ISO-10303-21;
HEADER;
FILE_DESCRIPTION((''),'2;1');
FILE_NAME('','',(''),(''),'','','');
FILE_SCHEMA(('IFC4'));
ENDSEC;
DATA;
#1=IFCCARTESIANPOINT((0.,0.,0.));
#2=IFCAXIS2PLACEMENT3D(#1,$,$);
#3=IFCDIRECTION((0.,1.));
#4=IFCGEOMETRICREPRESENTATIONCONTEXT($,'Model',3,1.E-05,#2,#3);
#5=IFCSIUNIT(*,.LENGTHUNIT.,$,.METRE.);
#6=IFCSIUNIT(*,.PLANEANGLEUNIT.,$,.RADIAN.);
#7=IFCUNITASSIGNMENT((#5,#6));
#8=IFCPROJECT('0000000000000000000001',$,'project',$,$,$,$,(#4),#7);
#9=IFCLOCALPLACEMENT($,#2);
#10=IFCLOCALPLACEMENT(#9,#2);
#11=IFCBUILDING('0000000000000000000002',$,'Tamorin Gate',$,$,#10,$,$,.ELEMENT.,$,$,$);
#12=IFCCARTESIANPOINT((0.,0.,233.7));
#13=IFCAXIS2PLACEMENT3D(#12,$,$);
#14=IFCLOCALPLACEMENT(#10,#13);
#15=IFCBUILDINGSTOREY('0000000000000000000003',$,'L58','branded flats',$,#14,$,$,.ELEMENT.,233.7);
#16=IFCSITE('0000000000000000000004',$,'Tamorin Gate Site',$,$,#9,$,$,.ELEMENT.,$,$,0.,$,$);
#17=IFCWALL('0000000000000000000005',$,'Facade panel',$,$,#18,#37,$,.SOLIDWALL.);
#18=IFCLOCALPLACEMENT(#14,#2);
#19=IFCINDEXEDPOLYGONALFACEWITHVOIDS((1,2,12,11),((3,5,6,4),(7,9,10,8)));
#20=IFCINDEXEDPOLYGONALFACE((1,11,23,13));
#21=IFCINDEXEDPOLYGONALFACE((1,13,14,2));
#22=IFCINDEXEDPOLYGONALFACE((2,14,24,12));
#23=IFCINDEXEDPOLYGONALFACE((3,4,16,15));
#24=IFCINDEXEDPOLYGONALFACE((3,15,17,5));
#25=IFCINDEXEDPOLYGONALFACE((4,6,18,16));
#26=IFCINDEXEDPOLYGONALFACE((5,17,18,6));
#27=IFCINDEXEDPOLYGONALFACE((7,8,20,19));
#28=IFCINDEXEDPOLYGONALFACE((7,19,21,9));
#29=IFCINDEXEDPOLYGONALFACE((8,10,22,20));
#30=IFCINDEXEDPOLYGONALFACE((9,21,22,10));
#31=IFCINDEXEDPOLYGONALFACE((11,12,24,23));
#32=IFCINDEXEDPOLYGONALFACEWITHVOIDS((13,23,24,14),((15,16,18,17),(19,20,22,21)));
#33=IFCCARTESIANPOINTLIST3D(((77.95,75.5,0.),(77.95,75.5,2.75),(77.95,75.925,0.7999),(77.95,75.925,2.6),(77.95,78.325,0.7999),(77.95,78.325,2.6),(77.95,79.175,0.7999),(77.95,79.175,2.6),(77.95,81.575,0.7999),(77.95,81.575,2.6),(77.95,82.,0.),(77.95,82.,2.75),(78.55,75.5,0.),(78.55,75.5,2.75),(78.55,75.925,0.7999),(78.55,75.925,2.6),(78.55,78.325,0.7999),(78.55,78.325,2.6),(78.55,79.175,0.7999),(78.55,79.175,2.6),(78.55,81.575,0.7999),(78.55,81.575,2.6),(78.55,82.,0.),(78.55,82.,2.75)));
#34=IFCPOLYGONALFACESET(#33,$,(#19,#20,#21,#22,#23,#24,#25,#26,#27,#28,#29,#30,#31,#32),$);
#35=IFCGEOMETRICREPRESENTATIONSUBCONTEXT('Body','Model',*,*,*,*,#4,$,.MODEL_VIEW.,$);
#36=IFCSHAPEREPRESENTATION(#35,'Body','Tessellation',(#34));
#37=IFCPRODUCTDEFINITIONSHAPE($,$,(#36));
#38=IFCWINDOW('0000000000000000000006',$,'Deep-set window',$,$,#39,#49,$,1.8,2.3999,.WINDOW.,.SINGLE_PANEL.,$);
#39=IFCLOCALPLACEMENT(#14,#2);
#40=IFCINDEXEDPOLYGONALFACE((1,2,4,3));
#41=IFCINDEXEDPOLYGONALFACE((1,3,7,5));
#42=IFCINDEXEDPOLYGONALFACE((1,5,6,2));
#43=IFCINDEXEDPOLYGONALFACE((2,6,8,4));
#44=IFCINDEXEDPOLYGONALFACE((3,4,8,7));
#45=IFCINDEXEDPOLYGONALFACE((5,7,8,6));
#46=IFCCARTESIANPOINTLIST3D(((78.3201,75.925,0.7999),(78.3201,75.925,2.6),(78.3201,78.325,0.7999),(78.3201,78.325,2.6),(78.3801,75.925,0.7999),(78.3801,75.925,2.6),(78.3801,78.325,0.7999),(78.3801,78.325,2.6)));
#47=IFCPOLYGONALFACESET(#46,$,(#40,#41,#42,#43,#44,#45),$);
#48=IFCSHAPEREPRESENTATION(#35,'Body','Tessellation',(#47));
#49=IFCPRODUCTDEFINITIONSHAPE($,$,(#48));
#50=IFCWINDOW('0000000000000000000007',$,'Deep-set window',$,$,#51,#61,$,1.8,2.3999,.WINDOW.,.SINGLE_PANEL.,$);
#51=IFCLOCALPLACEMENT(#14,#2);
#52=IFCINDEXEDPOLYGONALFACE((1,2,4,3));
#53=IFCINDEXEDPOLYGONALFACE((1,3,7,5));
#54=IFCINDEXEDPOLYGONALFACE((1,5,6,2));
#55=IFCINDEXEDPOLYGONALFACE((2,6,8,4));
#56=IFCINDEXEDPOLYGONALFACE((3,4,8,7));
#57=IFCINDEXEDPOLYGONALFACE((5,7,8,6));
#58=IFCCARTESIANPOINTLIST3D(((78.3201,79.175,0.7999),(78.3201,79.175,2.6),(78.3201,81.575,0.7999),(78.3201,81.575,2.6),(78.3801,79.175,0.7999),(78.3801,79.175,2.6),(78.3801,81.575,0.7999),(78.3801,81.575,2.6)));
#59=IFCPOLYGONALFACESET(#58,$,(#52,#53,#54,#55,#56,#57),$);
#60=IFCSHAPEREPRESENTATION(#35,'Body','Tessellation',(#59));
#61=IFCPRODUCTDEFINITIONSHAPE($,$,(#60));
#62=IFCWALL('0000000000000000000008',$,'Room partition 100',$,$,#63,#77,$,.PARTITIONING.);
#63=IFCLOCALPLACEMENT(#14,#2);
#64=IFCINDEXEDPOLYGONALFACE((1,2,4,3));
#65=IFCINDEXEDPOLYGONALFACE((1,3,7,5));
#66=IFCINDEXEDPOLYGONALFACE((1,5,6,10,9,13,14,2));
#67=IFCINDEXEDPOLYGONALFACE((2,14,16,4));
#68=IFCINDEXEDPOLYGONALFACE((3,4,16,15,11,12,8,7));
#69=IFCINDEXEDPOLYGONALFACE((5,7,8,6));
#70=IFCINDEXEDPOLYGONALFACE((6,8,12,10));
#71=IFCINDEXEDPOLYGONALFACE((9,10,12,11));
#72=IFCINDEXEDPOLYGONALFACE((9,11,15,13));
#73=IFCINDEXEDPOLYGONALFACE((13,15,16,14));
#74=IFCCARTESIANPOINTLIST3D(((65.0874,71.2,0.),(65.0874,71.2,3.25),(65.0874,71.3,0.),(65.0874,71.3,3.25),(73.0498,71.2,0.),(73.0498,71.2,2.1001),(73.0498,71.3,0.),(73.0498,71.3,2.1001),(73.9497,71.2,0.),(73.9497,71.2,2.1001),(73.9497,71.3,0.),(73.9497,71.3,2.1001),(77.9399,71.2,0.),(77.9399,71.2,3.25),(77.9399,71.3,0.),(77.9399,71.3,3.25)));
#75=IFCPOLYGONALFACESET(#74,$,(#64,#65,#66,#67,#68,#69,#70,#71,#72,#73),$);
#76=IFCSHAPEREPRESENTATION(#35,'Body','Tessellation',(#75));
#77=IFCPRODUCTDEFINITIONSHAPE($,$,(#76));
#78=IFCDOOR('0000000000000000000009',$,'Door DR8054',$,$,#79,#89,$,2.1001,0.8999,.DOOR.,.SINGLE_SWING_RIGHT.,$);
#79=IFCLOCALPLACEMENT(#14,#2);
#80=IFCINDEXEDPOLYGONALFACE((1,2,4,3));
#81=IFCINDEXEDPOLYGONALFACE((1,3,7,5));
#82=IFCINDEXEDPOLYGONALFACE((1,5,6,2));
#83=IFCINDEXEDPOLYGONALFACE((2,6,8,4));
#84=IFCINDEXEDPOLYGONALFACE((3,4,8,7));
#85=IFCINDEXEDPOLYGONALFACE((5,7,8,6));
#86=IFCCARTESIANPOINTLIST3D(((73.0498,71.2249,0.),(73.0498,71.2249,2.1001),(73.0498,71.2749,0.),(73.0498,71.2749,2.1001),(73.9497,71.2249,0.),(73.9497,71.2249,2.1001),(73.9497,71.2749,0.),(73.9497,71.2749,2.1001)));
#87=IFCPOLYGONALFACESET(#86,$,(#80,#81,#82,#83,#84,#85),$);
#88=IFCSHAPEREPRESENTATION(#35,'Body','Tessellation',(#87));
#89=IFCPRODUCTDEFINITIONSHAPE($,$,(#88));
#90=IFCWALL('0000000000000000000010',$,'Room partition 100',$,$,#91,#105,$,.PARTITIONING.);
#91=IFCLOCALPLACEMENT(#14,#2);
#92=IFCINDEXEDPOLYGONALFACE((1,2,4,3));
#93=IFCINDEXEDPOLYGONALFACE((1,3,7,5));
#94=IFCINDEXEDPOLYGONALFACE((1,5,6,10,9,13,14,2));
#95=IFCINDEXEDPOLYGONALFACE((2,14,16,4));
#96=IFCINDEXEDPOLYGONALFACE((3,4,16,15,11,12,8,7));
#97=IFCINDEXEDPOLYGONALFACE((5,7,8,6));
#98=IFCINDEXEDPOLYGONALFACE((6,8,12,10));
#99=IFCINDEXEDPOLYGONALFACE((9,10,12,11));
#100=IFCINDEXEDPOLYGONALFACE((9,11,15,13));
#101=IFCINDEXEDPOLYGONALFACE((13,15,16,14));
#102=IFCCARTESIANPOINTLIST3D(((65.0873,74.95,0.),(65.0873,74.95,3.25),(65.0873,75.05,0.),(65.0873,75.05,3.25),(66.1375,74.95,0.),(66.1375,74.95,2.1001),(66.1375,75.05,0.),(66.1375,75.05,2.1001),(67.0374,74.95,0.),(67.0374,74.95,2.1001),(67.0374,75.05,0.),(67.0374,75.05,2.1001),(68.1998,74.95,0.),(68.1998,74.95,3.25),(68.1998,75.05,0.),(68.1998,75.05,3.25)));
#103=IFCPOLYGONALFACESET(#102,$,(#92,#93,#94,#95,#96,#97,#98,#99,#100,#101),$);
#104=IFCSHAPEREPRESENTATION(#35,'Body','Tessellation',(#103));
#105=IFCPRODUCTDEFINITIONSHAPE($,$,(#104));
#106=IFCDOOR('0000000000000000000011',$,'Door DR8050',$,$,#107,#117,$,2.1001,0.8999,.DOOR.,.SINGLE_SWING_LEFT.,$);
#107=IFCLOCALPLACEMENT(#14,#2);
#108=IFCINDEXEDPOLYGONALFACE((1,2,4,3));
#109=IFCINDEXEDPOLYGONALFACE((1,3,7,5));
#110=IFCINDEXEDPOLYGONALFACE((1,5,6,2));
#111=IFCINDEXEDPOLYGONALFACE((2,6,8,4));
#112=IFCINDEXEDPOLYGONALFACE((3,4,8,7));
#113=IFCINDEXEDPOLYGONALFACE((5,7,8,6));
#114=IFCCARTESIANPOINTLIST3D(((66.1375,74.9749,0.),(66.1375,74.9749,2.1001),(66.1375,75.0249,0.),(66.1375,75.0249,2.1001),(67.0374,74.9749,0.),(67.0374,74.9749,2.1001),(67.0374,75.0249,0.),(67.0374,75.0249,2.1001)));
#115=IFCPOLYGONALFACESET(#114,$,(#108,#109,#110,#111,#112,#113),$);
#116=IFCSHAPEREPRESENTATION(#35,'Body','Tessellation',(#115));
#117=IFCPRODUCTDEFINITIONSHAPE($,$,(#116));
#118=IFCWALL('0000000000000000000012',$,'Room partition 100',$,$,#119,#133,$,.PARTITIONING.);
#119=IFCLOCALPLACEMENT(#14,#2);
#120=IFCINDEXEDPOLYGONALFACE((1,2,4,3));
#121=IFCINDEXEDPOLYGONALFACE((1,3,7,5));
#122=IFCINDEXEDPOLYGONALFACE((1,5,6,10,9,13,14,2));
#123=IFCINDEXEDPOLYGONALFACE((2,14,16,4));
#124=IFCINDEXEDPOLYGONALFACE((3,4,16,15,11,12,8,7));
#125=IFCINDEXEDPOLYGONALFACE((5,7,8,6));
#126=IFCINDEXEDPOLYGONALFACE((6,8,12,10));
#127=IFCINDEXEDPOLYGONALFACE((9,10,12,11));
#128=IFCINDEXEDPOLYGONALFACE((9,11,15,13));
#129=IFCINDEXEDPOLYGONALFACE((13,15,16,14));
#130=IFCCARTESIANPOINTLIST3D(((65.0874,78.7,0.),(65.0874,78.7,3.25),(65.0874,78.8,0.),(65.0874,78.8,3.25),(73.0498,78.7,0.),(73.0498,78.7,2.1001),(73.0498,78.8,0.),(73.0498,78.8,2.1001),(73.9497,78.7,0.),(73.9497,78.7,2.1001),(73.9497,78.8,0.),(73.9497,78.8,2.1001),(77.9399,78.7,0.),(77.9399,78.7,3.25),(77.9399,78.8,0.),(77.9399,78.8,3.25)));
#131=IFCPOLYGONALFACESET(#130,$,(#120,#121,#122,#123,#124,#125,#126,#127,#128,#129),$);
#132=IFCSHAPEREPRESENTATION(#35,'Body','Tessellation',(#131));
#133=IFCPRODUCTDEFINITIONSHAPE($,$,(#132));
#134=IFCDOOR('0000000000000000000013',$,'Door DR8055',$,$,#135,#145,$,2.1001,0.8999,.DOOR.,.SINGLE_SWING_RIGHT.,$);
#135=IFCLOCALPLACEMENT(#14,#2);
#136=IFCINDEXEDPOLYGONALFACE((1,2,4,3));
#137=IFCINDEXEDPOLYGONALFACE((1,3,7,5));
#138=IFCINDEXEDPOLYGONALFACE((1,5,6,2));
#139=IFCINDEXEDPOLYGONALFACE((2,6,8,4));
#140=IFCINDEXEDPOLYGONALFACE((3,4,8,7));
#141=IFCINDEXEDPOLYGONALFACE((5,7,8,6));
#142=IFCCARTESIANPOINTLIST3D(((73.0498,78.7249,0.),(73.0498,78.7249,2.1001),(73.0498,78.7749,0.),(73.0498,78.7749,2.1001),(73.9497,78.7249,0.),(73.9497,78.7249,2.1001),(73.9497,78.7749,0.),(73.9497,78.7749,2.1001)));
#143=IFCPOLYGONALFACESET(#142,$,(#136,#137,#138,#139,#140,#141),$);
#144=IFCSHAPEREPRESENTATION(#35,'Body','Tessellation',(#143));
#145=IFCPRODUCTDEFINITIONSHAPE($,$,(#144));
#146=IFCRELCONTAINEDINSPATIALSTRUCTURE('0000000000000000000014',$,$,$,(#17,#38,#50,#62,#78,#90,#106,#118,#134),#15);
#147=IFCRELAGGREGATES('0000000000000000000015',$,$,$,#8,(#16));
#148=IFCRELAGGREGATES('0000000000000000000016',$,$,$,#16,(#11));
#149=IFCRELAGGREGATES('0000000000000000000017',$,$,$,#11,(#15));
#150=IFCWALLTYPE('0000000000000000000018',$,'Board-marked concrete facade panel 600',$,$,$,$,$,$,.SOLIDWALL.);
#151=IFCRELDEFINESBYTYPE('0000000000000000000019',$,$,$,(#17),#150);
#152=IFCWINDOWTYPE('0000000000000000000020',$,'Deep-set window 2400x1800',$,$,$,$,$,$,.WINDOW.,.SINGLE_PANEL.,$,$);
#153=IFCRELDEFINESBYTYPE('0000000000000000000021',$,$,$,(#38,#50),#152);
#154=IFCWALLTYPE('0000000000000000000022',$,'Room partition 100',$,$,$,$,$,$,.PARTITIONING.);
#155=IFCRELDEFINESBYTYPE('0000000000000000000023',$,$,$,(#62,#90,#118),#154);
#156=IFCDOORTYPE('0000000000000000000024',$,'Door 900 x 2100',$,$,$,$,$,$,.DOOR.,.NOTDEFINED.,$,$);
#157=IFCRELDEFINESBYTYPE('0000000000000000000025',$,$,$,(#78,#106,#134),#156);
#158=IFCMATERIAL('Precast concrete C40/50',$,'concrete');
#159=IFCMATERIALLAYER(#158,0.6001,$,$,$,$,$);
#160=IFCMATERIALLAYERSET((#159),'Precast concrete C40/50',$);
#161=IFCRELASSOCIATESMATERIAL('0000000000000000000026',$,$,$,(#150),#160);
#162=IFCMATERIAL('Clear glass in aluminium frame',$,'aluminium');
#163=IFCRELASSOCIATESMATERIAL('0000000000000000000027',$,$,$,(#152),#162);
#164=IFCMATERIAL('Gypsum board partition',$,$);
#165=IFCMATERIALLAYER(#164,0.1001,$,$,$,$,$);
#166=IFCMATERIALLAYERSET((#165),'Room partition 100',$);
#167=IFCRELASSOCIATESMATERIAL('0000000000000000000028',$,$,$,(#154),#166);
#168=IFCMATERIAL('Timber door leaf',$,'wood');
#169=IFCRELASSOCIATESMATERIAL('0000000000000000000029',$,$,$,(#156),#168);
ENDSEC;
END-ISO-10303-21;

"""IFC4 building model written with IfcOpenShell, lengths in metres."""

from ifc_helpers import new_model, si_unit, direction, frame, frame_2d, origin, place, context, subcontext, project, spatial, rectangle, extrude, material, layer, layer_set, type_object, element, fill, save


model = new_model("IFC4")

# Units and contexts
model_context = context("Model", 3, precision=1e-05, world=origin(), true_north=direction((0.0, 1.0)))
body_context = subcontext(model_context, "Body", "Model", "MODEL_VIEW")
ifc_project = project(units=[si_unit("LENGTHUNIT", "METRE"), si_unit("PLANEANGLEUNIT", "RADIAN")], contexts=[model_context])

# Site, building, storey
site_placement = place(None, origin())
site = spatial("IfcSite", under=ifc_project, at=site_placement, Name="Tamorin Gate Site", CompositionType="ELEMENT", RefElevation=0.0)
building_placement = place(site_placement, origin())
building = spatial("IfcBuilding", under=site, at=building_placement, Name="Tamorin Gate", CompositionType="ELEMENT")
storey_placement = place(building_placement, frame((0.0, 0.0, 233.7)))
storey = spatial("IfcBuildingStorey", under=building, at=storey_placement, Name="L58", Description="branded flats", CompositionType="ELEMENT", Elevation=233.7)

# Wall, openings, windows
ifc_material_1 = material(Name="Precast concrete C40/50", Category="concrete")
ifc_layer_1 = layer(ifc_material_1, 0.6001)
ifc_layer_set_1 = layer_set([ifc_layer_1], Name="Precast concrete C40/50")
wall_type_1 = type_object("IfcWallType", Name="Board-marked concrete facade panel 600", PredefinedType="SOLIDWALL", material=ifc_layer_set_1)
ifc_material_2 = material(Name="Clear glass in aluminium frame", Category="aluminium")
window_type = type_object("IfcWindowType", Name="Deep-set window 2400x1800", PartitioningType="SINGLE_PANEL", PredefinedType="WINDOW", material=ifc_material_2)
wall_1_placement = place(storey_placement, frame((78.25, 75.5, 0.0), z_axis=(0.0, 0.0, 1.0), x_axis=(0.0, 1.0, 0.0)))
wall_1 = element("IfcWall", 1, at=wall_1_placement, inside=storey, type_object=wall_type_1, Name="Facade panel", PredefinedType="SOLIDWALL", context=body_context, shape_type="SweptSolid", body=[
    extrude(rectangle(XDim=6.5, YDim=0.6001, at=frame_2d((3.25, 0.0))), origin(), (0.0, 0.0, 1.0), 2.75),
])
opening_1_placement = place(wall_1_placement, frame((0.425, 0.0, 0.8)))
opening_1 = element("IfcOpeningElement", 2, at=opening_1_placement, cuts=wall_1, PredefinedType="OPENING", context=body_context, shape_type="SweptSolid", body=[
    extrude(rectangle(XDim=2.3999, YDim=1.8, at=frame_2d((1.2, 0.8999))), frame((0.0, 0.3101, 0.0), z_axis=(0.0, -1.0, 0.0), x_axis=(1.0, 0.0, 0.0)), (0.0, 0.0, 1.0), 0.6201),
])
opening_2_placement = place(wall_1_placement, frame((3.675, 0.0, 0.8)))
opening_2 = element("IfcOpeningElement", 3, at=opening_2_placement, cuts=wall_1, PredefinedType="OPENING", context=body_context, shape_type="SweptSolid", body=[
    extrude(rectangle(XDim=2.3999, YDim=1.8, at=frame_2d((1.2, 0.8999))), frame((0.0, 0.3101, 0.0), z_axis=(0.0, -1.0, 0.0), x_axis=(1.0, 0.0, 0.0)), (0.0, 0.0, 1.0), 0.6201),
])
window_1_placement = place(opening_1_placement, origin())
window_1 = element("IfcWindow", 4, at=window_1_placement, inside=storey, type_object=window_type, Name="Deep-set window", OverallHeight=1.8, OverallWidth=2.3999, PartitioningType="SINGLE_PANEL", PredefinedType="WINDOW", context=body_context, shape_type="SweptSolid", body=[
    extrude(rectangle(XDim=2.3999, YDim=1.8, at=frame_2d((1.2, 0.8999))), frame((0.0, -0.0701, 0.0), z_axis=(0.0, -1.0, 0.0), x_axis=(1.0, 0.0, 0.0)), (0.0, 0.0, 1.0), 0.0601),
])
fill(opening_1, window_1)
window_2_placement = place(opening_2_placement, origin())
window_2 = element("IfcWindow", 5, at=window_2_placement, inside=storey, type_object=window_type, Name="Deep-set window", OverallHeight=1.8, OverallWidth=2.3999, PartitioningType="SINGLE_PANEL", PredefinedType="WINDOW", context=body_context, shape_type="SweptSolid", body=[
    extrude(rectangle(XDim=2.3999, YDim=1.8, at=frame_2d((1.2, 0.8999))), frame((0.0, -0.0701, 0.0), z_axis=(0.0, -1.0, 0.0), x_axis=(1.0, 0.0, 0.0)), (0.0, 0.0, 1.0), 0.0601),
])
fill(opening_2, window_2)

# Walls, openings, doors
ifc_material_3 = material(Name="Gypsum board partition")
ifc_layer_2 = layer(ifc_material_3, 0.1001)
ifc_layer_set_2 = layer_set([ifc_layer_2], Name="Room partition 100")
wall_type_2 = type_object("IfcWallType", Name="Room partition 100", PredefinedType="PARTITIONING", material=ifc_layer_set_2)
wall_2_placement = place(storey_placement, frame((65.0874, 71.25, 0.0), z_axis=(0.0, 0.0, 1.0), x_axis=(1.0, 0.0, 0.0)))
wall_2 = element("IfcWall", 6, at=wall_2_placement, inside=storey, type_object=wall_type_2, Name="Room partition 100", PredefinedType="PARTITIONING", context=body_context, shape_type="SweptSolid", body=[
    extrude(rectangle(XDim=12.8525, YDim=0.1001, at=frame_2d((6.4263, 0.0))), origin(), (0.0, 0.0, 1.0), 3.25),
])
opening_3_placement = place(wall_2_placement, frame((7.9624, 0.0, 0.0)))
opening_3 = element("IfcOpeningElement", 7, at=opening_3_placement, cuts=wall_2, PredefinedType="OPENING", context=body_context, shape_type="SweptSolid", body=[
    extrude(rectangle(XDim=0.8999, YDim=2.1001, at=frame_2d((0.45, 1.05))), frame((0.0, 0.0601, 0.0), z_axis=(0.0, -1.0, 0.0), x_axis=(1.0, 0.0, 0.0)), (0.0, 0.0, 1.0), 0.1201),
])
ifc_material_4 = material(Name="Timber door leaf", Category="wood")
door_type = type_object("IfcDoorType", Name="Door 900 x 2100", OperationType="NOTDEFINED", PredefinedType="DOOR", material=ifc_material_4)
door_1_placement = place(opening_3_placement, origin())
door_1 = element("IfcDoor", 8, at=door_1_placement, inside=storey, type_object=door_type, Name="Door DR8054", OperationType="SINGLE_SWING_RIGHT", OverallHeight=2.1001, OverallWidth=0.8999, PredefinedType="DOOR", context=body_context, shape_type="SweptSolid", body=[
    extrude(rectangle(XDim=0.8999, YDim=2.1001, at=frame_2d((0.45, 1.05))), frame((0.0, 0.0249, 0.0), z_axis=(0.0, -1.0, 0.0), x_axis=(1.0, 0.0, 0.0)), (0.0, 0.0, 1.0), 0.05),
])
fill(opening_3, door_1)
wall_3_placement = place(storey_placement, frame((65.0874, 75.0, 0.0), z_axis=(0.0, 0.0, 1.0), x_axis=(1.0, 0.0, 0.0)))
wall_3 = element("IfcWall", 9, at=wall_3_placement, inside=storey, type_object=wall_type_2, Name="Room partition 100", PredefinedType="PARTITIONING", context=body_context, shape_type="SweptSolid", body=[
    extrude(rectangle(XDim=3.1125, YDim=0.1001, at=frame_2d((1.5562, 0.0))), origin(), (0.0, 0.0, 1.0), 3.25),
])
opening_4_placement = place(wall_3_placement, frame((1.05, 0.0, 0.0)))
opening_4 = element("IfcOpeningElement", 10, at=opening_4_placement, cuts=wall_3, PredefinedType="OPENING", context=body_context, shape_type="SweptSolid", body=[
    extrude(rectangle(XDim=0.8999, YDim=2.1001, at=frame_2d((0.45, 1.05))), frame((0.0, 0.0601, 0.0), z_axis=(0.0, -1.0, 0.0), x_axis=(1.0, 0.0, 0.0)), (0.0, 0.0, 1.0), 0.1201),
])
door_2_placement = place(opening_4_placement, origin())
door_2 = element("IfcDoor", 11, at=door_2_placement, inside=storey, type_object=door_type, Name="Door DR8050", OperationType="SINGLE_SWING_LEFT", OverallHeight=2.1001, OverallWidth=0.8999, PredefinedType="DOOR", context=body_context, shape_type="SweptSolid", body=[
    extrude(rectangle(XDim=0.8999, YDim=2.1001, at=frame_2d((0.45, 1.05))), frame((0.0, 0.0249, 0.0), z_axis=(0.0, -1.0, 0.0), x_axis=(1.0, 0.0, 0.0)), (0.0, 0.0, 1.0), 0.05),
])
fill(opening_4, door_2)
wall_4_placement = place(storey_placement, frame((65.0874, 78.75, 0.0), z_axis=(0.0, 0.0, 1.0), x_axis=(1.0, 0.0, 0.0)))
wall_4 = element("IfcWall", 12, at=wall_4_placement, inside=storey, type_object=wall_type_2, Name="Room partition 100", PredefinedType="PARTITIONING", context=body_context, shape_type="SweptSolid", body=[
    extrude(rectangle(XDim=12.8525, YDim=0.1001, at=frame_2d((6.4263, 0.0))), origin(), (0.0, 0.0, 1.0), 3.25),
])
opening_5_placement = place(wall_4_placement, frame((7.9624, 0.0, 0.0)))
opening_5 = element("IfcOpeningElement", 13, at=opening_5_placement, cuts=wall_4, PredefinedType="OPENING", context=body_context, shape_type="SweptSolid", body=[
    extrude(rectangle(XDim=0.8999, YDim=2.1001, at=frame_2d((0.45, 1.05))), frame((0.0, 0.0601, 0.0), z_axis=(0.0, -1.0, 0.0), x_axis=(1.0, 0.0, 0.0)), (0.0, 0.0, 1.0), 0.1201),
])
door_3_placement = place(opening_5_placement, origin())
door_3 = element("IfcDoor", 14, at=door_3_placement, inside=storey, type_object=door_type, Name="Door DR8055", OperationType="SINGLE_SWING_RIGHT", OverallHeight=2.1001, OverallWidth=0.8999, PredefinedType="DOOR", context=body_context, shape_type="SweptSolid", body=[
    extrude(rectangle(XDim=0.8999, YDim=2.1001, at=frame_2d((0.45, 1.05))), frame((0.0, 0.0249, 0.0), z_axis=(0.0, -1.0, 0.0), x_axis=(1.0, 0.0, 0.0)), (0.0, 0.0, 1.0), 0.05),
])
fill(opening_5, door_3)

save(model, "model.ifc")
